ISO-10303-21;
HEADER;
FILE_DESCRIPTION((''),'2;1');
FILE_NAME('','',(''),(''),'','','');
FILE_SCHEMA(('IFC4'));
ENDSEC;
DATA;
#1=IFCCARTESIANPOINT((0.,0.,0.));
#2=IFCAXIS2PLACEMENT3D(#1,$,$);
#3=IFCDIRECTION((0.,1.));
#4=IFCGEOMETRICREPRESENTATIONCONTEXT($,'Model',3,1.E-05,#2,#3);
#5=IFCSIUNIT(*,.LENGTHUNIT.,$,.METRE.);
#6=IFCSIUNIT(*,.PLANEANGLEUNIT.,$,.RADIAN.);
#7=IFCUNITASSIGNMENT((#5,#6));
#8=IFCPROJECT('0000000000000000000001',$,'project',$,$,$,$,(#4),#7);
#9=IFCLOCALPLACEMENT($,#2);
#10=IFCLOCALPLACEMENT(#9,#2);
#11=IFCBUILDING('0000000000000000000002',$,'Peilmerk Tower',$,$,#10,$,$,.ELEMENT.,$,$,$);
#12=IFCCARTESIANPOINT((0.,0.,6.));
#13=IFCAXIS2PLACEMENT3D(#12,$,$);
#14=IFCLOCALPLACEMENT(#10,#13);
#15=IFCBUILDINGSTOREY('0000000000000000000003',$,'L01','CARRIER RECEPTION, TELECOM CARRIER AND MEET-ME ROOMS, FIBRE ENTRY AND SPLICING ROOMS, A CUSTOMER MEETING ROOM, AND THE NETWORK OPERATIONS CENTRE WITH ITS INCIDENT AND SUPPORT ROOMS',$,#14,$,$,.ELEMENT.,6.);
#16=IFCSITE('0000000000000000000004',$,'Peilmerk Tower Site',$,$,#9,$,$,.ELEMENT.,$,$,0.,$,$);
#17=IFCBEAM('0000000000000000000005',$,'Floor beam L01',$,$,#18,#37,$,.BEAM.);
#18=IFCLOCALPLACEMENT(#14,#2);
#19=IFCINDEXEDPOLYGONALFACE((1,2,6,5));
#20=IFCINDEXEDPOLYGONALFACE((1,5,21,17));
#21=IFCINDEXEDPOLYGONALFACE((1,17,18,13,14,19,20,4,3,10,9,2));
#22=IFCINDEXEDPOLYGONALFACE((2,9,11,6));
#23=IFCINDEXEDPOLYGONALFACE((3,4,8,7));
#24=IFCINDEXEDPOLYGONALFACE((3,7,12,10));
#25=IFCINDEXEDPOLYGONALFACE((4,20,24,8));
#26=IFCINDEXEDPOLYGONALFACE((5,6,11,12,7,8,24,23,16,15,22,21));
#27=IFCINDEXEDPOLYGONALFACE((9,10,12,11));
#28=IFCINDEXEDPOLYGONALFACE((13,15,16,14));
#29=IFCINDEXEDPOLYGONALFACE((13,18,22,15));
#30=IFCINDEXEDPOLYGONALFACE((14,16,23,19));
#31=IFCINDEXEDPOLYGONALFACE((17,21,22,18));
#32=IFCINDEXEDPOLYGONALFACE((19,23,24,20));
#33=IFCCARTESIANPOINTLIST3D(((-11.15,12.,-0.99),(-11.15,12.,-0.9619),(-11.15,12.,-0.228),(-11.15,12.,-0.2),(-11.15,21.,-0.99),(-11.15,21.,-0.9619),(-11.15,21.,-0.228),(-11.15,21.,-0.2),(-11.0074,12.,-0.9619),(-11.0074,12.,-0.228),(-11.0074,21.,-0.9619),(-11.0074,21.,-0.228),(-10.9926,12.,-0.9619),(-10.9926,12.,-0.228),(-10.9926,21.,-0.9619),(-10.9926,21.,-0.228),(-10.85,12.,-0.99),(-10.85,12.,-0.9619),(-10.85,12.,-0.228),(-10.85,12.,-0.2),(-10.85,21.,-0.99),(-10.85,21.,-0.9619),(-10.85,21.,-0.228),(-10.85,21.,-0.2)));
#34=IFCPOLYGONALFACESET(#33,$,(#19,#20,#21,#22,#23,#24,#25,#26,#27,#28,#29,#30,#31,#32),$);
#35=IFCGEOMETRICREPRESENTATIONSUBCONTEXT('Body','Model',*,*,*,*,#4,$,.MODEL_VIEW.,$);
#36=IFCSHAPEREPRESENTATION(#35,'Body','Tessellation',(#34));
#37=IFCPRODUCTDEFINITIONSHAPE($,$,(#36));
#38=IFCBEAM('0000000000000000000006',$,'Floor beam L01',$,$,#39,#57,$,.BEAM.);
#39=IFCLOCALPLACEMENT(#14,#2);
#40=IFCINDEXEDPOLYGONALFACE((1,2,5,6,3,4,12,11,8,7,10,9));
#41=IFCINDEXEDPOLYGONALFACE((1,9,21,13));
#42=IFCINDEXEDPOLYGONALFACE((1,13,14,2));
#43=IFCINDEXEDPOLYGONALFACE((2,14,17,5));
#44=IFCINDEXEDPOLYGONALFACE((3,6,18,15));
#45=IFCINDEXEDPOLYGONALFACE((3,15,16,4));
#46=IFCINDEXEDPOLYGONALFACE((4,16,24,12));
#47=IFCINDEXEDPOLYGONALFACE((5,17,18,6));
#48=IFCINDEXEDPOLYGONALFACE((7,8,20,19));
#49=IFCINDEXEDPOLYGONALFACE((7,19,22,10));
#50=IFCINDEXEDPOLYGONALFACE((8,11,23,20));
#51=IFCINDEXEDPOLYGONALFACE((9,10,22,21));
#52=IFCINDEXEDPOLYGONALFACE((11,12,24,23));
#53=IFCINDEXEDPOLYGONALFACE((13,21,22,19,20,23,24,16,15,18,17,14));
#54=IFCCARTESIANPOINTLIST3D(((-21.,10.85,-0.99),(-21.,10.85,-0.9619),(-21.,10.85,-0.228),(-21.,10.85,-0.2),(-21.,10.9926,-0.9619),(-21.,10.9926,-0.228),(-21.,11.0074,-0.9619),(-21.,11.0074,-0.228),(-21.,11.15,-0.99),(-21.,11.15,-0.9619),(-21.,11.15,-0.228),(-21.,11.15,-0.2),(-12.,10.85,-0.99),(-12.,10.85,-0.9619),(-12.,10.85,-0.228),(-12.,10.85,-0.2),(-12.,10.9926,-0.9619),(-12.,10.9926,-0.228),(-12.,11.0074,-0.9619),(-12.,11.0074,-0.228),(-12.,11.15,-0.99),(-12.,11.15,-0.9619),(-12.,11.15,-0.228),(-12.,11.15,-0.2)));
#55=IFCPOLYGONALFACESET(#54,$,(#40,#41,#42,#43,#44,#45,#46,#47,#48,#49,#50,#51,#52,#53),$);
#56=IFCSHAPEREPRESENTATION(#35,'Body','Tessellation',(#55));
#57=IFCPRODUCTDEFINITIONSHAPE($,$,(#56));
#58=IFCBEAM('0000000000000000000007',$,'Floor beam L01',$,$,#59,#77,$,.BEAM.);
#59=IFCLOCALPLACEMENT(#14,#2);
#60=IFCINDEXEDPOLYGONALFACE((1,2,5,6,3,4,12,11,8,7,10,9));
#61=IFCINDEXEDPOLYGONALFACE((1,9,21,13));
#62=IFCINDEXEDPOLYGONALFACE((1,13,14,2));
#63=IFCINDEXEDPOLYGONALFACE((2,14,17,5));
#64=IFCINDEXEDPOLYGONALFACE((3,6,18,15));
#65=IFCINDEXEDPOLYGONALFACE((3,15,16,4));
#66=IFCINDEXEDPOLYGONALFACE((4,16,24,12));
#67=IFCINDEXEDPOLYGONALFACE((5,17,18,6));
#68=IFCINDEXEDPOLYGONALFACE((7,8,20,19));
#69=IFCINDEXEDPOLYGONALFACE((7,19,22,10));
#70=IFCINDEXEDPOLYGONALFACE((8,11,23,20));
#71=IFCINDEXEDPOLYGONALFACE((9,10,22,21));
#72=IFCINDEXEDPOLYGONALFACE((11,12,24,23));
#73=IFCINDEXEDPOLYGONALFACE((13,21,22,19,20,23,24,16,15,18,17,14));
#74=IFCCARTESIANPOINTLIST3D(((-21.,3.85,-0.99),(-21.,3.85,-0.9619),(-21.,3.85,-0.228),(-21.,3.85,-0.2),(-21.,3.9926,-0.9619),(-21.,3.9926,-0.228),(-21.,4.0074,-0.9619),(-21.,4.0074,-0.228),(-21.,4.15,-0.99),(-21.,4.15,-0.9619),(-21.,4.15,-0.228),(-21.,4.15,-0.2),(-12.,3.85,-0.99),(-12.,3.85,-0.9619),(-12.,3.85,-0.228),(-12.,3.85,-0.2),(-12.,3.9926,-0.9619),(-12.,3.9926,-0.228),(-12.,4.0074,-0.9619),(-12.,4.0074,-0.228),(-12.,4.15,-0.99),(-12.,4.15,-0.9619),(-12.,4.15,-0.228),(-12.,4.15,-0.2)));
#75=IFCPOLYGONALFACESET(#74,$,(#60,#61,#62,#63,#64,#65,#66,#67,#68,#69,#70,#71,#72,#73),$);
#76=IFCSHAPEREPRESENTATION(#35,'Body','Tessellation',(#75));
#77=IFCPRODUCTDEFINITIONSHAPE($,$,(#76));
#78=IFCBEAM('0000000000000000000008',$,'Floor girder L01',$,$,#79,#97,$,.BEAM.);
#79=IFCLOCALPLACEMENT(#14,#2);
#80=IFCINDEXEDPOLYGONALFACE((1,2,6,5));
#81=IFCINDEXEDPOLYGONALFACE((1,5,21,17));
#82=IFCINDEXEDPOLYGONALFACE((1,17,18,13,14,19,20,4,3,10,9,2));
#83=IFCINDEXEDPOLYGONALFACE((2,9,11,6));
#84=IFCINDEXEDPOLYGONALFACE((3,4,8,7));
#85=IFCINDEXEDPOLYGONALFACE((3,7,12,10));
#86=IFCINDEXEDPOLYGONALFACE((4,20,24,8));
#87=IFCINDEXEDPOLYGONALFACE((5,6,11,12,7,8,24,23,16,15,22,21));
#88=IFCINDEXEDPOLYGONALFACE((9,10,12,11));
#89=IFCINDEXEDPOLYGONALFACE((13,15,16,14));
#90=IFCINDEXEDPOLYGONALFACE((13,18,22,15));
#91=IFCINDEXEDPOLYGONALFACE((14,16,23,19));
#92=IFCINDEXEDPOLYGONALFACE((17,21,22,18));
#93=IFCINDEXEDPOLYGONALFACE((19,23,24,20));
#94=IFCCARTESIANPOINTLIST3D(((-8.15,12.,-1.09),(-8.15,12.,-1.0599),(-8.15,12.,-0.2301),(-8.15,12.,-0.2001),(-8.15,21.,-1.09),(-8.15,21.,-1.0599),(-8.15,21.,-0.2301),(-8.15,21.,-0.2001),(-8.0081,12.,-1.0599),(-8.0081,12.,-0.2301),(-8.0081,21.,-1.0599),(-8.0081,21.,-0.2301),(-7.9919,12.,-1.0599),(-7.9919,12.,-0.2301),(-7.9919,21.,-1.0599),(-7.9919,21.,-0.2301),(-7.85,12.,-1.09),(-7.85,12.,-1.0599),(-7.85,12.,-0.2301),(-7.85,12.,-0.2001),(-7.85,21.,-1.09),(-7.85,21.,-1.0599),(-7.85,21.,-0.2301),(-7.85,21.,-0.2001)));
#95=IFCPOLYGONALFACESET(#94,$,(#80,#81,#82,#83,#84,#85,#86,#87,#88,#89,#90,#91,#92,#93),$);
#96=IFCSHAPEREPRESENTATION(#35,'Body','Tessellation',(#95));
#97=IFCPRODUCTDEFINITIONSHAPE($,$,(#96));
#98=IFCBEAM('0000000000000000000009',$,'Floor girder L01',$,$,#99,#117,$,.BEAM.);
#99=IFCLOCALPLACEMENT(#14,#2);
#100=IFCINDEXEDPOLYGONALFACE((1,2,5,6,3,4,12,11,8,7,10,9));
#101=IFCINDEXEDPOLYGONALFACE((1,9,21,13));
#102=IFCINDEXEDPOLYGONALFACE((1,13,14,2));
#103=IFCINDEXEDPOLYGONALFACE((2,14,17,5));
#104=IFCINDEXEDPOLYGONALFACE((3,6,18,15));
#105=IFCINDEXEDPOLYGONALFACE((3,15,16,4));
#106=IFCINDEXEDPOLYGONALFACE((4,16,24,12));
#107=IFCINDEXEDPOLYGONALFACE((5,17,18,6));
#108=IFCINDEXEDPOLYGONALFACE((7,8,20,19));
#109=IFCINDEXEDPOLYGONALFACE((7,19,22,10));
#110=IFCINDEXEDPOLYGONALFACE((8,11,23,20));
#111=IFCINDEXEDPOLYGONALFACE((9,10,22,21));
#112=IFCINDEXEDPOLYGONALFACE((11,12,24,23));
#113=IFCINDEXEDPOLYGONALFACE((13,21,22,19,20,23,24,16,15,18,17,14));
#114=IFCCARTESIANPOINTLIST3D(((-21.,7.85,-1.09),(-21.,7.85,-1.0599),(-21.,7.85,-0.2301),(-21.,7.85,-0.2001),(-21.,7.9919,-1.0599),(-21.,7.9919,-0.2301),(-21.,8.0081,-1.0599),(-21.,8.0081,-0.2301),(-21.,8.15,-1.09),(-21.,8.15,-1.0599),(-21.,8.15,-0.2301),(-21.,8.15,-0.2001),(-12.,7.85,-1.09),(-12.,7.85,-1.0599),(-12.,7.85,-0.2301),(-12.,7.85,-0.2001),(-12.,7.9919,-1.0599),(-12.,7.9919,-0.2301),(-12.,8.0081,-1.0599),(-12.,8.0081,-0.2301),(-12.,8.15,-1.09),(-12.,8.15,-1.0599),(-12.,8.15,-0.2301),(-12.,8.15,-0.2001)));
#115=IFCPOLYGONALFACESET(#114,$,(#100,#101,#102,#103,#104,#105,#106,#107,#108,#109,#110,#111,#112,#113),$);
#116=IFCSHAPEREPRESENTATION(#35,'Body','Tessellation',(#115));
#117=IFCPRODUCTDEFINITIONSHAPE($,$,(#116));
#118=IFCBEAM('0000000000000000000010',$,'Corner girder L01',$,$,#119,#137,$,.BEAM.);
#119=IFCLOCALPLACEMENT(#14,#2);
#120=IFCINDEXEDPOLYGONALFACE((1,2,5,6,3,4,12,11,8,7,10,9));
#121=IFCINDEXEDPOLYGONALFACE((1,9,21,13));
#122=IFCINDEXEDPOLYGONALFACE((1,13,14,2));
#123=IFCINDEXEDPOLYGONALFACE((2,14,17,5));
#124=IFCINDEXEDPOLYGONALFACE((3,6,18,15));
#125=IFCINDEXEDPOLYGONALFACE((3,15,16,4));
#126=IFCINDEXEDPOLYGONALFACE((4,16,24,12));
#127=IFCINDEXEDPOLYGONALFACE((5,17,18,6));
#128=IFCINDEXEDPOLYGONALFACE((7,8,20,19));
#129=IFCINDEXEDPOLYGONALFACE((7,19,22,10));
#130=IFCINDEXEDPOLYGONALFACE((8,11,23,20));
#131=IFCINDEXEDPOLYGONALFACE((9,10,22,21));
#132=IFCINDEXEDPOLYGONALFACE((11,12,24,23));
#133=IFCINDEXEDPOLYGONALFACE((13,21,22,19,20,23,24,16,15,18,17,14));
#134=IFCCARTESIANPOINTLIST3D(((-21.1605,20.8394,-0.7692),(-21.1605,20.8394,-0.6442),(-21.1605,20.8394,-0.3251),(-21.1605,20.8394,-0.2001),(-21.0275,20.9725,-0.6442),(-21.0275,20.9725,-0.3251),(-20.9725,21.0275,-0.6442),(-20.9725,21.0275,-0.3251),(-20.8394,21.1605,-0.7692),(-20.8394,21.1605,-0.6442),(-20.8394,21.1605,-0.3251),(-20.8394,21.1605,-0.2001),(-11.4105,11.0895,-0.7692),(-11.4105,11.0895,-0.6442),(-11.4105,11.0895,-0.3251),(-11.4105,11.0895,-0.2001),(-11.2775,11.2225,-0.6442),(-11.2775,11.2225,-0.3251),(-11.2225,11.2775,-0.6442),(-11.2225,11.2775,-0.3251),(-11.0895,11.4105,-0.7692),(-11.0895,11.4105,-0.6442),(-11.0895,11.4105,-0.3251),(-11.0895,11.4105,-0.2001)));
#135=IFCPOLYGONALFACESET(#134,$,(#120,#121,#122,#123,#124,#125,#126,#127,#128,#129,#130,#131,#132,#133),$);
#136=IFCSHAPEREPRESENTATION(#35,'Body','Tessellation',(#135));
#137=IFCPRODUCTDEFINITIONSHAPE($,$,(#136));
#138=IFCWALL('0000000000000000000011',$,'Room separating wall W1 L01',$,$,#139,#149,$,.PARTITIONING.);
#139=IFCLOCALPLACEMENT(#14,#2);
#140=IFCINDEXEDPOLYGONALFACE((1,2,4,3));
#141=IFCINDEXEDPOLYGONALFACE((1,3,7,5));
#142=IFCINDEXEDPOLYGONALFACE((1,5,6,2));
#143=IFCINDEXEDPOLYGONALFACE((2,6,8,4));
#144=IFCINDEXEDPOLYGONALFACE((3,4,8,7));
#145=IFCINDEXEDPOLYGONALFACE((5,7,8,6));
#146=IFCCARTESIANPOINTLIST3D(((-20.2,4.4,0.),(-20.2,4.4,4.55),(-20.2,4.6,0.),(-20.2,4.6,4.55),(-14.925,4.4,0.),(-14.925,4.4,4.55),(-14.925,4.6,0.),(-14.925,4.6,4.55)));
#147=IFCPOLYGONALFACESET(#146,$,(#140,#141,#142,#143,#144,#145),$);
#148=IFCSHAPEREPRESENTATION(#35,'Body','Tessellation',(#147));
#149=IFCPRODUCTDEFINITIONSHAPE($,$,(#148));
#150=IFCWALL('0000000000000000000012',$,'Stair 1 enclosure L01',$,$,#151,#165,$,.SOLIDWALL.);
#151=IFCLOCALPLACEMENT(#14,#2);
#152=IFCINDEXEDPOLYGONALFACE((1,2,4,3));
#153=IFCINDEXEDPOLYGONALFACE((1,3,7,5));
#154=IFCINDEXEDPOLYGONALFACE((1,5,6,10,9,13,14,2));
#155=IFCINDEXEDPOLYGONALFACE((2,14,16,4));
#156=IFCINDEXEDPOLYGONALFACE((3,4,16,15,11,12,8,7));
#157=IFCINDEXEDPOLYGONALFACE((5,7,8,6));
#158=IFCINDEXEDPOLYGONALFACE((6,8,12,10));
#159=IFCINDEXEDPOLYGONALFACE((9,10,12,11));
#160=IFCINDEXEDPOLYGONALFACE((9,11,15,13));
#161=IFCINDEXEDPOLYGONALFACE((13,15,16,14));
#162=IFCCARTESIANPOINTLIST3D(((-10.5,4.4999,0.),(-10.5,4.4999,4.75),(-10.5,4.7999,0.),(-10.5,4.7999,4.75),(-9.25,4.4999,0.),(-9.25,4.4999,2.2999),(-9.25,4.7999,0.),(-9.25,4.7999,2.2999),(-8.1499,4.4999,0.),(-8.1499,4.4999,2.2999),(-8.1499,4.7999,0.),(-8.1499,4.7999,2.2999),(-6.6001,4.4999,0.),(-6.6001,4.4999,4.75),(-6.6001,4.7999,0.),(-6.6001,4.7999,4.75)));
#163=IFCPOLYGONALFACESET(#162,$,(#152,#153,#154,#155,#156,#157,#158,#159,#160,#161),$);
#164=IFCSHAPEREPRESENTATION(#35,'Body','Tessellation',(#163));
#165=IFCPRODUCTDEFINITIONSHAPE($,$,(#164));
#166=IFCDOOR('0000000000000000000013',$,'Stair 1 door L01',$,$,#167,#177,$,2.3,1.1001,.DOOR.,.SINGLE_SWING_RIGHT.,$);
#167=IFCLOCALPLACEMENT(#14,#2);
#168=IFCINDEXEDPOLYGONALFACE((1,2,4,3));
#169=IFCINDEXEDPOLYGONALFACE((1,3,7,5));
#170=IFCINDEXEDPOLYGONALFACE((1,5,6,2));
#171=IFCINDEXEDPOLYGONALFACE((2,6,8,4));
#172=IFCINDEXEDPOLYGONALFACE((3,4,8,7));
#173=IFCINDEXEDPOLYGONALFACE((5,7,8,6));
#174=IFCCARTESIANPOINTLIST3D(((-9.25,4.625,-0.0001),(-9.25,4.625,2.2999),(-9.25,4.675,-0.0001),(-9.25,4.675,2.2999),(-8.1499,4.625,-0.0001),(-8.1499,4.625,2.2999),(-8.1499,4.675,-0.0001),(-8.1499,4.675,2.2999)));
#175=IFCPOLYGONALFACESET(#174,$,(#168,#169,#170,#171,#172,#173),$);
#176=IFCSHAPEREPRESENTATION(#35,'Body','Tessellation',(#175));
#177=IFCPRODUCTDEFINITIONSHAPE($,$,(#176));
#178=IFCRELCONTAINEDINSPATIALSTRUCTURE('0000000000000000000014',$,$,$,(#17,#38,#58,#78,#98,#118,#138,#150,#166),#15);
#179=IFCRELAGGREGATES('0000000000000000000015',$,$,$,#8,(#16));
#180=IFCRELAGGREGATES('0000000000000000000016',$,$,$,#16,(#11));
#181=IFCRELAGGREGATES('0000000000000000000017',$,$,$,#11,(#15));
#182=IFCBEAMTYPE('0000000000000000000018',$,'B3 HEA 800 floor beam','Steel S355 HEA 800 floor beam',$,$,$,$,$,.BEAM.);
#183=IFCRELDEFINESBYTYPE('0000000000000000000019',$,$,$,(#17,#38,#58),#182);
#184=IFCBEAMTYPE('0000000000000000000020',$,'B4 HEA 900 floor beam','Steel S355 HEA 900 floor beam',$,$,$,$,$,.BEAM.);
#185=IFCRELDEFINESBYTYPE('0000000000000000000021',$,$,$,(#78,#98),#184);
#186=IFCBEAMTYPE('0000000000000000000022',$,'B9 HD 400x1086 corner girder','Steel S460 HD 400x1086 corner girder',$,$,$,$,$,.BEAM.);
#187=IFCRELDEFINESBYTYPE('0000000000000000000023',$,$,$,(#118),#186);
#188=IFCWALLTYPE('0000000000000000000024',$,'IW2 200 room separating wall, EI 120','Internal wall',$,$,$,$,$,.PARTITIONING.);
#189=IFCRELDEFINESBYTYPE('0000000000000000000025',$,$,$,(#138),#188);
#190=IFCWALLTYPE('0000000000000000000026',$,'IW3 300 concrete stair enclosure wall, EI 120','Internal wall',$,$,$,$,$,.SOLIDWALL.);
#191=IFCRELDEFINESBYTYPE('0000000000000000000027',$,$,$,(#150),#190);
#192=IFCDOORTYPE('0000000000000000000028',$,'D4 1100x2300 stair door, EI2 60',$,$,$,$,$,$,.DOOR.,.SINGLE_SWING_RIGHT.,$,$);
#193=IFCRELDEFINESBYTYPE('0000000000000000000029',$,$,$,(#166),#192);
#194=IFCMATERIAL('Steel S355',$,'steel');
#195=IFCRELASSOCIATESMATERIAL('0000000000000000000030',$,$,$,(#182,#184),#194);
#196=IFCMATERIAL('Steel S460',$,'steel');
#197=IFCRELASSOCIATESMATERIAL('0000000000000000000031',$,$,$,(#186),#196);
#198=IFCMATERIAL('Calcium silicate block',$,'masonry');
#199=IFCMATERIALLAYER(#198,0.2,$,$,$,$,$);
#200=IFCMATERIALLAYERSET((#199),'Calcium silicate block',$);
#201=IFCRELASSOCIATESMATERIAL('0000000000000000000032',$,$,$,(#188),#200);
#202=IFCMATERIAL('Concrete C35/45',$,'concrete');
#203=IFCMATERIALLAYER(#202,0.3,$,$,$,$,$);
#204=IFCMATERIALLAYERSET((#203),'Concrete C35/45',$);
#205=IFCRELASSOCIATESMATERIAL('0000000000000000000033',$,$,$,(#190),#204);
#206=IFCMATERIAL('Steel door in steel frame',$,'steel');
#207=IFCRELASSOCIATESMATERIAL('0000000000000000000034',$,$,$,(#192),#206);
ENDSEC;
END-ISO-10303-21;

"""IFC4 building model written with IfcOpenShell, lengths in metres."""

from ifc_helpers import new_model, si_unit, direction, frame, frame_2d, origin, origin_2d, place, context, subcontext, project, spatial, rectangle, i_section, extrude, material, layer, layer_set, material_profile, profile_set, type_object, element, fill, save


model = new_model("IFC4")

# Units and contexts
model_context = context("Model", 3, precision=1e-05, world=origin(), true_north=direction((0.0, 1.0)))
body_context = subcontext(model_context, "Body", "Model", "MODEL_VIEW")
ifc_project = project(units=[si_unit("LENGTHUNIT", "METRE"), si_unit("PLANEANGLEUNIT", "RADIAN")], contexts=[model_context])

# Site, building, storey
site_placement = place(None, origin())
site = spatial("IfcSite", under=ifc_project, at=site_placement, Name="Peilmerk Tower Site", CompositionType="ELEMENT", RefElevation=0.0)
building_placement = place(site_placement, origin())
building = spatial("IfcBuilding", under=site, at=building_placement, Name="Peilmerk Tower", CompositionType="ELEMENT")
storey_placement = place(building_placement, frame((0.0, 0.0, 6.0)))
storey = spatial("IfcBuildingStorey", under=building, at=storey_placement, Name="L01", Description="CARRIER RECEPTION, TELECOM CARRIER AND MEET-ME ROOMS, FIBRE ENTRY AND SPLICING ROOMS, A CUSTOMER MEETING ROOM, AND THE NETWORK OPERATIONS CENTRE WITH ITS INCIDENT AND SUPPORT ROOMS", CompositionType="ELEMENT", Elevation=6.0)

# Beams
ifc_material_1 = material(Name="Steel S355", Category="steel")
ifc_material_profile_1 = material_profile(ifc_material_1, i_section(OverallWidth=0.3, OverallDepth=0.79, WebThickness=0.0149, FlangeThickness=0.0281, at=origin_2d()), Name="HEA 800")
ifc_profile_set_1 = profile_set([ifc_material_profile_1], Name="Steel S355")
beam_type_1 = type_object("IfcBeamType", Name="B3 HEA 800 floor beam", Description="Steel S355 HEA 800 floor beam", PredefinedType="BEAM", material=ifc_profile_set_1)
for number, where, z_axis, x_axis, name in (
    (1, (-11.0, 12.0, -0.595), (0.0, 1.0, 0.0), (-1.0, 0.0, 0.0), "Floor beam L01"),
    (2, (-12.0, 11.0, -0.595), (-1.0, 0.0, 0.0), (0.0, -1.0, 0.0), "Floor beam L01"),
    (3, (-12.0, 4.0, -0.595), (-1.0, 0.0, 0.0), (0.0, -1.0, 0.0), "Floor beam L01"),
):
    element("IfcBeam", number, at=place(storey_placement, frame(where, z_axis=z_axis, x_axis=x_axis)), inside=storey, type_object=beam_type_1, Name=name, PredefinedType="BEAM", context=body_context, shape_type="SweptSolid", body=[
        extrude(i_section(OverallWidth=0.3, OverallDepth=0.79, WebThickness=0.0149, FlangeThickness=0.0281, at=origin_2d()), origin(), (0.0, 0.0, 1.0), 9.0),
    ])
ifc_material_profile_2 = material_profile(ifc_material_1, i_section(OverallWidth=0.3, OverallDepth=0.8899, WebThickness=0.0161, FlangeThickness=0.03, at=origin_2d()), Name="HEA 900")
ifc_profile_set_2 = profile_set([ifc_material_profile_2], Name="Steel S355")
beam_type_2 = type_object("IfcBeamType", Name="B4 HEA 900 floor beam", Description="Steel S355 HEA 900 floor beam", PredefinedType="BEAM", material=ifc_profile_set_2)
for number, where, z_axis, x_axis, name in (
    (4, (-8.0, 12.0, -0.645), (0.0, 1.0, 0.0), (-1.0, 0.0, 0.0), "Floor girder L01"),
    (5, (-12.0, 8.0, -0.645), (-1.0, 0.0, 0.0), (0.0, -1.0, 0.0), "Floor girder L01"),
):
    element("IfcBeam", number, at=place(storey_placement, frame(where, z_axis=z_axis, x_axis=x_axis)), inside=storey, type_object=beam_type_2, Name=name, PredefinedType="BEAM", context=body_context, shape_type="SweptSolid", body=[
        extrude(i_section(OverallWidth=0.3, OverallDepth=0.8899, WebThickness=0.0161, FlangeThickness=0.03, at=origin_2d()), origin(), (0.0, 0.0, 1.0), 9.0),
    ])
ifc_material_2 = material(Name="Steel S460", Category="steel")
ifc_material_profile_3 = material_profile(ifc_material_2, i_section(OverallWidth=0.4541, OverallDepth=0.5691, WebThickness=0.0779, FlangeThickness=0.125, at=origin_2d()), Name="HD 400x1086")
ifc_profile_set_3 = profile_set([ifc_material_profile_3], Name="Steel S460")
beam_type_3 = type_object("IfcBeamType", Name="B9 HD 400x1086 corner girder", Description="Steel S460 HD 400x1086 corner girder", PredefinedType="BEAM", material=ifc_profile_set_3)
beam_placement = place(storey_placement, frame((-11.25, 11.25, -0.4846), z_axis=(-0.707107, 0.707107, 0.0), x_axis=(-0.707107, -0.707107, 0.0)))
element("IfcBeam", 6, at=beam_placement, inside=storey, type_object=beam_type_3, Name="Corner girder L01", PredefinedType="BEAM", context=body_context, shape_type="SweptSolid", body=[
    extrude(i_section(OverallWidth=0.4541, OverallDepth=0.5691, WebThickness=0.0779, FlangeThickness=0.125, at=origin_2d()), origin(), (0.0, 0.0, 1.0), 13.7886),
])

# Wall
ifc_material_3 = material(Name="Calcium silicate block", Category="masonry")
ifc_layer_1 = layer(ifc_material_3, 0.2)
ifc_layer_set_1 = layer_set([ifc_layer_1], Name="Calcium silicate block")
wall_type_1 = type_object("IfcWallType", Name="IW2 200 room separating wall, EI 120", Description="Internal wall", PredefinedType="PARTITIONING", material=ifc_layer_set_1)
wall_1_placement = place(storey_placement, frame((-14.925, 4.5, 0.0), z_axis=(0.0, 0.0, 1.0), x_axis=(-1.0, 0.0, 0.0)))
element("IfcWall", 7, at=wall_1_placement, inside=storey, type_object=wall_type_1, Name="Room separating wall W1 L01", PredefinedType="PARTITIONING", context=body_context, shape_type="SweptSolid", body=[
    extrude(rectangle(XDim=5.2749, YDim=0.2, at=frame_2d((2.6375, 0.0))), origin(), (0.0, 0.0, 1.0), 4.55),
])

# Wall, opening, door
ifc_material_4 = material(Name="Concrete C35/45", Category="concrete")
ifc_layer_2 = layer(ifc_material_4, 0.3)
ifc_layer_set_2 = layer_set([ifc_layer_2], Name="Concrete C35/45")
wall_type_2 = type_object("IfcWallType", Name="IW3 300 concrete stair enclosure wall, EI 120", Description="Internal wall", PredefinedType="SOLIDWALL", material=ifc_layer_set_2)
wall_2_placement = place(storey_placement, frame((-10.5, 4.6499, 0.0), z_axis=(0.0, 0.0, 1.0), x_axis=(1.0, 0.0, 0.0)))
wall_2 = element("IfcWall", 8, at=wall_2_placement, inside=storey, type_object=wall_type_2, Name="Stair 1 enclosure L01", PredefinedType="SOLIDWALL", context=body_context, shape_type="SweptSolid", body=[
    extrude(rectangle(XDim=3.8999, YDim=0.3, at=frame_2d((1.95, 0.0))), origin(), (0.0, 0.0, 1.0), 4.75),
])
opening_1_placement = place(wall_2_placement, frame((1.25, 0.0, 0.0)))
opening_1 = element("IfcOpeningElement", 9, at=opening_1_placement, cuts=wall_2, PredefinedType="OPENING", context=body_context, shape_type="SweptSolid", body=[
    extrude(rectangle(XDim=1.1001, YDim=2.3, at=frame_2d((0.55, 1.1499))), frame((0.0, 0.1599, 0.0), z_axis=(0.0, -1.0, 0.0), x_axis=(1.0, 0.0, 0.0)), (0.0, 0.0, 1.0), 0.3201),
])
ifc_material_5 = material(Name="Steel door in steel frame", Category="steel")
door_type_1 = type_object("IfcDoorType", Name="D4 1100x2300 stair door, EI2 60", OperationType="SINGLE_SWING_RIGHT", PredefinedType="DOOR", material=ifc_material_5)
door_1_placement = place(opening_1_placement, frame((1.1001, 0.0, 0.0), z_axis=(0.0, 0.0, 1.0), x_axis=(-1.0, 0.0, 0.0)))
door_1 = element("IfcDoor", 10, at=door_1_placement, inside=storey, type_object=door_type_1, Name="Stair 1 door L01", OperationType="SINGLE_SWING_RIGHT", OverallHeight=2.3, OverallWidth=1.1001, PredefinedType="DOOR", context=body_context, shape_type="SweptSolid", body=[
    extrude(rectangle(XDim=1.1001, YDim=2.3, at=frame_2d((0.55, 1.1499))), frame((0.0, 0.0249, 0.0), z_axis=(0.0, -1.0, 0.0), x_axis=(1.0, 0.0, 0.0)), (0.0, 0.0, 1.0), 0.05),
])
fill(opening_1, door_1)

save(model, "model.ifc")
